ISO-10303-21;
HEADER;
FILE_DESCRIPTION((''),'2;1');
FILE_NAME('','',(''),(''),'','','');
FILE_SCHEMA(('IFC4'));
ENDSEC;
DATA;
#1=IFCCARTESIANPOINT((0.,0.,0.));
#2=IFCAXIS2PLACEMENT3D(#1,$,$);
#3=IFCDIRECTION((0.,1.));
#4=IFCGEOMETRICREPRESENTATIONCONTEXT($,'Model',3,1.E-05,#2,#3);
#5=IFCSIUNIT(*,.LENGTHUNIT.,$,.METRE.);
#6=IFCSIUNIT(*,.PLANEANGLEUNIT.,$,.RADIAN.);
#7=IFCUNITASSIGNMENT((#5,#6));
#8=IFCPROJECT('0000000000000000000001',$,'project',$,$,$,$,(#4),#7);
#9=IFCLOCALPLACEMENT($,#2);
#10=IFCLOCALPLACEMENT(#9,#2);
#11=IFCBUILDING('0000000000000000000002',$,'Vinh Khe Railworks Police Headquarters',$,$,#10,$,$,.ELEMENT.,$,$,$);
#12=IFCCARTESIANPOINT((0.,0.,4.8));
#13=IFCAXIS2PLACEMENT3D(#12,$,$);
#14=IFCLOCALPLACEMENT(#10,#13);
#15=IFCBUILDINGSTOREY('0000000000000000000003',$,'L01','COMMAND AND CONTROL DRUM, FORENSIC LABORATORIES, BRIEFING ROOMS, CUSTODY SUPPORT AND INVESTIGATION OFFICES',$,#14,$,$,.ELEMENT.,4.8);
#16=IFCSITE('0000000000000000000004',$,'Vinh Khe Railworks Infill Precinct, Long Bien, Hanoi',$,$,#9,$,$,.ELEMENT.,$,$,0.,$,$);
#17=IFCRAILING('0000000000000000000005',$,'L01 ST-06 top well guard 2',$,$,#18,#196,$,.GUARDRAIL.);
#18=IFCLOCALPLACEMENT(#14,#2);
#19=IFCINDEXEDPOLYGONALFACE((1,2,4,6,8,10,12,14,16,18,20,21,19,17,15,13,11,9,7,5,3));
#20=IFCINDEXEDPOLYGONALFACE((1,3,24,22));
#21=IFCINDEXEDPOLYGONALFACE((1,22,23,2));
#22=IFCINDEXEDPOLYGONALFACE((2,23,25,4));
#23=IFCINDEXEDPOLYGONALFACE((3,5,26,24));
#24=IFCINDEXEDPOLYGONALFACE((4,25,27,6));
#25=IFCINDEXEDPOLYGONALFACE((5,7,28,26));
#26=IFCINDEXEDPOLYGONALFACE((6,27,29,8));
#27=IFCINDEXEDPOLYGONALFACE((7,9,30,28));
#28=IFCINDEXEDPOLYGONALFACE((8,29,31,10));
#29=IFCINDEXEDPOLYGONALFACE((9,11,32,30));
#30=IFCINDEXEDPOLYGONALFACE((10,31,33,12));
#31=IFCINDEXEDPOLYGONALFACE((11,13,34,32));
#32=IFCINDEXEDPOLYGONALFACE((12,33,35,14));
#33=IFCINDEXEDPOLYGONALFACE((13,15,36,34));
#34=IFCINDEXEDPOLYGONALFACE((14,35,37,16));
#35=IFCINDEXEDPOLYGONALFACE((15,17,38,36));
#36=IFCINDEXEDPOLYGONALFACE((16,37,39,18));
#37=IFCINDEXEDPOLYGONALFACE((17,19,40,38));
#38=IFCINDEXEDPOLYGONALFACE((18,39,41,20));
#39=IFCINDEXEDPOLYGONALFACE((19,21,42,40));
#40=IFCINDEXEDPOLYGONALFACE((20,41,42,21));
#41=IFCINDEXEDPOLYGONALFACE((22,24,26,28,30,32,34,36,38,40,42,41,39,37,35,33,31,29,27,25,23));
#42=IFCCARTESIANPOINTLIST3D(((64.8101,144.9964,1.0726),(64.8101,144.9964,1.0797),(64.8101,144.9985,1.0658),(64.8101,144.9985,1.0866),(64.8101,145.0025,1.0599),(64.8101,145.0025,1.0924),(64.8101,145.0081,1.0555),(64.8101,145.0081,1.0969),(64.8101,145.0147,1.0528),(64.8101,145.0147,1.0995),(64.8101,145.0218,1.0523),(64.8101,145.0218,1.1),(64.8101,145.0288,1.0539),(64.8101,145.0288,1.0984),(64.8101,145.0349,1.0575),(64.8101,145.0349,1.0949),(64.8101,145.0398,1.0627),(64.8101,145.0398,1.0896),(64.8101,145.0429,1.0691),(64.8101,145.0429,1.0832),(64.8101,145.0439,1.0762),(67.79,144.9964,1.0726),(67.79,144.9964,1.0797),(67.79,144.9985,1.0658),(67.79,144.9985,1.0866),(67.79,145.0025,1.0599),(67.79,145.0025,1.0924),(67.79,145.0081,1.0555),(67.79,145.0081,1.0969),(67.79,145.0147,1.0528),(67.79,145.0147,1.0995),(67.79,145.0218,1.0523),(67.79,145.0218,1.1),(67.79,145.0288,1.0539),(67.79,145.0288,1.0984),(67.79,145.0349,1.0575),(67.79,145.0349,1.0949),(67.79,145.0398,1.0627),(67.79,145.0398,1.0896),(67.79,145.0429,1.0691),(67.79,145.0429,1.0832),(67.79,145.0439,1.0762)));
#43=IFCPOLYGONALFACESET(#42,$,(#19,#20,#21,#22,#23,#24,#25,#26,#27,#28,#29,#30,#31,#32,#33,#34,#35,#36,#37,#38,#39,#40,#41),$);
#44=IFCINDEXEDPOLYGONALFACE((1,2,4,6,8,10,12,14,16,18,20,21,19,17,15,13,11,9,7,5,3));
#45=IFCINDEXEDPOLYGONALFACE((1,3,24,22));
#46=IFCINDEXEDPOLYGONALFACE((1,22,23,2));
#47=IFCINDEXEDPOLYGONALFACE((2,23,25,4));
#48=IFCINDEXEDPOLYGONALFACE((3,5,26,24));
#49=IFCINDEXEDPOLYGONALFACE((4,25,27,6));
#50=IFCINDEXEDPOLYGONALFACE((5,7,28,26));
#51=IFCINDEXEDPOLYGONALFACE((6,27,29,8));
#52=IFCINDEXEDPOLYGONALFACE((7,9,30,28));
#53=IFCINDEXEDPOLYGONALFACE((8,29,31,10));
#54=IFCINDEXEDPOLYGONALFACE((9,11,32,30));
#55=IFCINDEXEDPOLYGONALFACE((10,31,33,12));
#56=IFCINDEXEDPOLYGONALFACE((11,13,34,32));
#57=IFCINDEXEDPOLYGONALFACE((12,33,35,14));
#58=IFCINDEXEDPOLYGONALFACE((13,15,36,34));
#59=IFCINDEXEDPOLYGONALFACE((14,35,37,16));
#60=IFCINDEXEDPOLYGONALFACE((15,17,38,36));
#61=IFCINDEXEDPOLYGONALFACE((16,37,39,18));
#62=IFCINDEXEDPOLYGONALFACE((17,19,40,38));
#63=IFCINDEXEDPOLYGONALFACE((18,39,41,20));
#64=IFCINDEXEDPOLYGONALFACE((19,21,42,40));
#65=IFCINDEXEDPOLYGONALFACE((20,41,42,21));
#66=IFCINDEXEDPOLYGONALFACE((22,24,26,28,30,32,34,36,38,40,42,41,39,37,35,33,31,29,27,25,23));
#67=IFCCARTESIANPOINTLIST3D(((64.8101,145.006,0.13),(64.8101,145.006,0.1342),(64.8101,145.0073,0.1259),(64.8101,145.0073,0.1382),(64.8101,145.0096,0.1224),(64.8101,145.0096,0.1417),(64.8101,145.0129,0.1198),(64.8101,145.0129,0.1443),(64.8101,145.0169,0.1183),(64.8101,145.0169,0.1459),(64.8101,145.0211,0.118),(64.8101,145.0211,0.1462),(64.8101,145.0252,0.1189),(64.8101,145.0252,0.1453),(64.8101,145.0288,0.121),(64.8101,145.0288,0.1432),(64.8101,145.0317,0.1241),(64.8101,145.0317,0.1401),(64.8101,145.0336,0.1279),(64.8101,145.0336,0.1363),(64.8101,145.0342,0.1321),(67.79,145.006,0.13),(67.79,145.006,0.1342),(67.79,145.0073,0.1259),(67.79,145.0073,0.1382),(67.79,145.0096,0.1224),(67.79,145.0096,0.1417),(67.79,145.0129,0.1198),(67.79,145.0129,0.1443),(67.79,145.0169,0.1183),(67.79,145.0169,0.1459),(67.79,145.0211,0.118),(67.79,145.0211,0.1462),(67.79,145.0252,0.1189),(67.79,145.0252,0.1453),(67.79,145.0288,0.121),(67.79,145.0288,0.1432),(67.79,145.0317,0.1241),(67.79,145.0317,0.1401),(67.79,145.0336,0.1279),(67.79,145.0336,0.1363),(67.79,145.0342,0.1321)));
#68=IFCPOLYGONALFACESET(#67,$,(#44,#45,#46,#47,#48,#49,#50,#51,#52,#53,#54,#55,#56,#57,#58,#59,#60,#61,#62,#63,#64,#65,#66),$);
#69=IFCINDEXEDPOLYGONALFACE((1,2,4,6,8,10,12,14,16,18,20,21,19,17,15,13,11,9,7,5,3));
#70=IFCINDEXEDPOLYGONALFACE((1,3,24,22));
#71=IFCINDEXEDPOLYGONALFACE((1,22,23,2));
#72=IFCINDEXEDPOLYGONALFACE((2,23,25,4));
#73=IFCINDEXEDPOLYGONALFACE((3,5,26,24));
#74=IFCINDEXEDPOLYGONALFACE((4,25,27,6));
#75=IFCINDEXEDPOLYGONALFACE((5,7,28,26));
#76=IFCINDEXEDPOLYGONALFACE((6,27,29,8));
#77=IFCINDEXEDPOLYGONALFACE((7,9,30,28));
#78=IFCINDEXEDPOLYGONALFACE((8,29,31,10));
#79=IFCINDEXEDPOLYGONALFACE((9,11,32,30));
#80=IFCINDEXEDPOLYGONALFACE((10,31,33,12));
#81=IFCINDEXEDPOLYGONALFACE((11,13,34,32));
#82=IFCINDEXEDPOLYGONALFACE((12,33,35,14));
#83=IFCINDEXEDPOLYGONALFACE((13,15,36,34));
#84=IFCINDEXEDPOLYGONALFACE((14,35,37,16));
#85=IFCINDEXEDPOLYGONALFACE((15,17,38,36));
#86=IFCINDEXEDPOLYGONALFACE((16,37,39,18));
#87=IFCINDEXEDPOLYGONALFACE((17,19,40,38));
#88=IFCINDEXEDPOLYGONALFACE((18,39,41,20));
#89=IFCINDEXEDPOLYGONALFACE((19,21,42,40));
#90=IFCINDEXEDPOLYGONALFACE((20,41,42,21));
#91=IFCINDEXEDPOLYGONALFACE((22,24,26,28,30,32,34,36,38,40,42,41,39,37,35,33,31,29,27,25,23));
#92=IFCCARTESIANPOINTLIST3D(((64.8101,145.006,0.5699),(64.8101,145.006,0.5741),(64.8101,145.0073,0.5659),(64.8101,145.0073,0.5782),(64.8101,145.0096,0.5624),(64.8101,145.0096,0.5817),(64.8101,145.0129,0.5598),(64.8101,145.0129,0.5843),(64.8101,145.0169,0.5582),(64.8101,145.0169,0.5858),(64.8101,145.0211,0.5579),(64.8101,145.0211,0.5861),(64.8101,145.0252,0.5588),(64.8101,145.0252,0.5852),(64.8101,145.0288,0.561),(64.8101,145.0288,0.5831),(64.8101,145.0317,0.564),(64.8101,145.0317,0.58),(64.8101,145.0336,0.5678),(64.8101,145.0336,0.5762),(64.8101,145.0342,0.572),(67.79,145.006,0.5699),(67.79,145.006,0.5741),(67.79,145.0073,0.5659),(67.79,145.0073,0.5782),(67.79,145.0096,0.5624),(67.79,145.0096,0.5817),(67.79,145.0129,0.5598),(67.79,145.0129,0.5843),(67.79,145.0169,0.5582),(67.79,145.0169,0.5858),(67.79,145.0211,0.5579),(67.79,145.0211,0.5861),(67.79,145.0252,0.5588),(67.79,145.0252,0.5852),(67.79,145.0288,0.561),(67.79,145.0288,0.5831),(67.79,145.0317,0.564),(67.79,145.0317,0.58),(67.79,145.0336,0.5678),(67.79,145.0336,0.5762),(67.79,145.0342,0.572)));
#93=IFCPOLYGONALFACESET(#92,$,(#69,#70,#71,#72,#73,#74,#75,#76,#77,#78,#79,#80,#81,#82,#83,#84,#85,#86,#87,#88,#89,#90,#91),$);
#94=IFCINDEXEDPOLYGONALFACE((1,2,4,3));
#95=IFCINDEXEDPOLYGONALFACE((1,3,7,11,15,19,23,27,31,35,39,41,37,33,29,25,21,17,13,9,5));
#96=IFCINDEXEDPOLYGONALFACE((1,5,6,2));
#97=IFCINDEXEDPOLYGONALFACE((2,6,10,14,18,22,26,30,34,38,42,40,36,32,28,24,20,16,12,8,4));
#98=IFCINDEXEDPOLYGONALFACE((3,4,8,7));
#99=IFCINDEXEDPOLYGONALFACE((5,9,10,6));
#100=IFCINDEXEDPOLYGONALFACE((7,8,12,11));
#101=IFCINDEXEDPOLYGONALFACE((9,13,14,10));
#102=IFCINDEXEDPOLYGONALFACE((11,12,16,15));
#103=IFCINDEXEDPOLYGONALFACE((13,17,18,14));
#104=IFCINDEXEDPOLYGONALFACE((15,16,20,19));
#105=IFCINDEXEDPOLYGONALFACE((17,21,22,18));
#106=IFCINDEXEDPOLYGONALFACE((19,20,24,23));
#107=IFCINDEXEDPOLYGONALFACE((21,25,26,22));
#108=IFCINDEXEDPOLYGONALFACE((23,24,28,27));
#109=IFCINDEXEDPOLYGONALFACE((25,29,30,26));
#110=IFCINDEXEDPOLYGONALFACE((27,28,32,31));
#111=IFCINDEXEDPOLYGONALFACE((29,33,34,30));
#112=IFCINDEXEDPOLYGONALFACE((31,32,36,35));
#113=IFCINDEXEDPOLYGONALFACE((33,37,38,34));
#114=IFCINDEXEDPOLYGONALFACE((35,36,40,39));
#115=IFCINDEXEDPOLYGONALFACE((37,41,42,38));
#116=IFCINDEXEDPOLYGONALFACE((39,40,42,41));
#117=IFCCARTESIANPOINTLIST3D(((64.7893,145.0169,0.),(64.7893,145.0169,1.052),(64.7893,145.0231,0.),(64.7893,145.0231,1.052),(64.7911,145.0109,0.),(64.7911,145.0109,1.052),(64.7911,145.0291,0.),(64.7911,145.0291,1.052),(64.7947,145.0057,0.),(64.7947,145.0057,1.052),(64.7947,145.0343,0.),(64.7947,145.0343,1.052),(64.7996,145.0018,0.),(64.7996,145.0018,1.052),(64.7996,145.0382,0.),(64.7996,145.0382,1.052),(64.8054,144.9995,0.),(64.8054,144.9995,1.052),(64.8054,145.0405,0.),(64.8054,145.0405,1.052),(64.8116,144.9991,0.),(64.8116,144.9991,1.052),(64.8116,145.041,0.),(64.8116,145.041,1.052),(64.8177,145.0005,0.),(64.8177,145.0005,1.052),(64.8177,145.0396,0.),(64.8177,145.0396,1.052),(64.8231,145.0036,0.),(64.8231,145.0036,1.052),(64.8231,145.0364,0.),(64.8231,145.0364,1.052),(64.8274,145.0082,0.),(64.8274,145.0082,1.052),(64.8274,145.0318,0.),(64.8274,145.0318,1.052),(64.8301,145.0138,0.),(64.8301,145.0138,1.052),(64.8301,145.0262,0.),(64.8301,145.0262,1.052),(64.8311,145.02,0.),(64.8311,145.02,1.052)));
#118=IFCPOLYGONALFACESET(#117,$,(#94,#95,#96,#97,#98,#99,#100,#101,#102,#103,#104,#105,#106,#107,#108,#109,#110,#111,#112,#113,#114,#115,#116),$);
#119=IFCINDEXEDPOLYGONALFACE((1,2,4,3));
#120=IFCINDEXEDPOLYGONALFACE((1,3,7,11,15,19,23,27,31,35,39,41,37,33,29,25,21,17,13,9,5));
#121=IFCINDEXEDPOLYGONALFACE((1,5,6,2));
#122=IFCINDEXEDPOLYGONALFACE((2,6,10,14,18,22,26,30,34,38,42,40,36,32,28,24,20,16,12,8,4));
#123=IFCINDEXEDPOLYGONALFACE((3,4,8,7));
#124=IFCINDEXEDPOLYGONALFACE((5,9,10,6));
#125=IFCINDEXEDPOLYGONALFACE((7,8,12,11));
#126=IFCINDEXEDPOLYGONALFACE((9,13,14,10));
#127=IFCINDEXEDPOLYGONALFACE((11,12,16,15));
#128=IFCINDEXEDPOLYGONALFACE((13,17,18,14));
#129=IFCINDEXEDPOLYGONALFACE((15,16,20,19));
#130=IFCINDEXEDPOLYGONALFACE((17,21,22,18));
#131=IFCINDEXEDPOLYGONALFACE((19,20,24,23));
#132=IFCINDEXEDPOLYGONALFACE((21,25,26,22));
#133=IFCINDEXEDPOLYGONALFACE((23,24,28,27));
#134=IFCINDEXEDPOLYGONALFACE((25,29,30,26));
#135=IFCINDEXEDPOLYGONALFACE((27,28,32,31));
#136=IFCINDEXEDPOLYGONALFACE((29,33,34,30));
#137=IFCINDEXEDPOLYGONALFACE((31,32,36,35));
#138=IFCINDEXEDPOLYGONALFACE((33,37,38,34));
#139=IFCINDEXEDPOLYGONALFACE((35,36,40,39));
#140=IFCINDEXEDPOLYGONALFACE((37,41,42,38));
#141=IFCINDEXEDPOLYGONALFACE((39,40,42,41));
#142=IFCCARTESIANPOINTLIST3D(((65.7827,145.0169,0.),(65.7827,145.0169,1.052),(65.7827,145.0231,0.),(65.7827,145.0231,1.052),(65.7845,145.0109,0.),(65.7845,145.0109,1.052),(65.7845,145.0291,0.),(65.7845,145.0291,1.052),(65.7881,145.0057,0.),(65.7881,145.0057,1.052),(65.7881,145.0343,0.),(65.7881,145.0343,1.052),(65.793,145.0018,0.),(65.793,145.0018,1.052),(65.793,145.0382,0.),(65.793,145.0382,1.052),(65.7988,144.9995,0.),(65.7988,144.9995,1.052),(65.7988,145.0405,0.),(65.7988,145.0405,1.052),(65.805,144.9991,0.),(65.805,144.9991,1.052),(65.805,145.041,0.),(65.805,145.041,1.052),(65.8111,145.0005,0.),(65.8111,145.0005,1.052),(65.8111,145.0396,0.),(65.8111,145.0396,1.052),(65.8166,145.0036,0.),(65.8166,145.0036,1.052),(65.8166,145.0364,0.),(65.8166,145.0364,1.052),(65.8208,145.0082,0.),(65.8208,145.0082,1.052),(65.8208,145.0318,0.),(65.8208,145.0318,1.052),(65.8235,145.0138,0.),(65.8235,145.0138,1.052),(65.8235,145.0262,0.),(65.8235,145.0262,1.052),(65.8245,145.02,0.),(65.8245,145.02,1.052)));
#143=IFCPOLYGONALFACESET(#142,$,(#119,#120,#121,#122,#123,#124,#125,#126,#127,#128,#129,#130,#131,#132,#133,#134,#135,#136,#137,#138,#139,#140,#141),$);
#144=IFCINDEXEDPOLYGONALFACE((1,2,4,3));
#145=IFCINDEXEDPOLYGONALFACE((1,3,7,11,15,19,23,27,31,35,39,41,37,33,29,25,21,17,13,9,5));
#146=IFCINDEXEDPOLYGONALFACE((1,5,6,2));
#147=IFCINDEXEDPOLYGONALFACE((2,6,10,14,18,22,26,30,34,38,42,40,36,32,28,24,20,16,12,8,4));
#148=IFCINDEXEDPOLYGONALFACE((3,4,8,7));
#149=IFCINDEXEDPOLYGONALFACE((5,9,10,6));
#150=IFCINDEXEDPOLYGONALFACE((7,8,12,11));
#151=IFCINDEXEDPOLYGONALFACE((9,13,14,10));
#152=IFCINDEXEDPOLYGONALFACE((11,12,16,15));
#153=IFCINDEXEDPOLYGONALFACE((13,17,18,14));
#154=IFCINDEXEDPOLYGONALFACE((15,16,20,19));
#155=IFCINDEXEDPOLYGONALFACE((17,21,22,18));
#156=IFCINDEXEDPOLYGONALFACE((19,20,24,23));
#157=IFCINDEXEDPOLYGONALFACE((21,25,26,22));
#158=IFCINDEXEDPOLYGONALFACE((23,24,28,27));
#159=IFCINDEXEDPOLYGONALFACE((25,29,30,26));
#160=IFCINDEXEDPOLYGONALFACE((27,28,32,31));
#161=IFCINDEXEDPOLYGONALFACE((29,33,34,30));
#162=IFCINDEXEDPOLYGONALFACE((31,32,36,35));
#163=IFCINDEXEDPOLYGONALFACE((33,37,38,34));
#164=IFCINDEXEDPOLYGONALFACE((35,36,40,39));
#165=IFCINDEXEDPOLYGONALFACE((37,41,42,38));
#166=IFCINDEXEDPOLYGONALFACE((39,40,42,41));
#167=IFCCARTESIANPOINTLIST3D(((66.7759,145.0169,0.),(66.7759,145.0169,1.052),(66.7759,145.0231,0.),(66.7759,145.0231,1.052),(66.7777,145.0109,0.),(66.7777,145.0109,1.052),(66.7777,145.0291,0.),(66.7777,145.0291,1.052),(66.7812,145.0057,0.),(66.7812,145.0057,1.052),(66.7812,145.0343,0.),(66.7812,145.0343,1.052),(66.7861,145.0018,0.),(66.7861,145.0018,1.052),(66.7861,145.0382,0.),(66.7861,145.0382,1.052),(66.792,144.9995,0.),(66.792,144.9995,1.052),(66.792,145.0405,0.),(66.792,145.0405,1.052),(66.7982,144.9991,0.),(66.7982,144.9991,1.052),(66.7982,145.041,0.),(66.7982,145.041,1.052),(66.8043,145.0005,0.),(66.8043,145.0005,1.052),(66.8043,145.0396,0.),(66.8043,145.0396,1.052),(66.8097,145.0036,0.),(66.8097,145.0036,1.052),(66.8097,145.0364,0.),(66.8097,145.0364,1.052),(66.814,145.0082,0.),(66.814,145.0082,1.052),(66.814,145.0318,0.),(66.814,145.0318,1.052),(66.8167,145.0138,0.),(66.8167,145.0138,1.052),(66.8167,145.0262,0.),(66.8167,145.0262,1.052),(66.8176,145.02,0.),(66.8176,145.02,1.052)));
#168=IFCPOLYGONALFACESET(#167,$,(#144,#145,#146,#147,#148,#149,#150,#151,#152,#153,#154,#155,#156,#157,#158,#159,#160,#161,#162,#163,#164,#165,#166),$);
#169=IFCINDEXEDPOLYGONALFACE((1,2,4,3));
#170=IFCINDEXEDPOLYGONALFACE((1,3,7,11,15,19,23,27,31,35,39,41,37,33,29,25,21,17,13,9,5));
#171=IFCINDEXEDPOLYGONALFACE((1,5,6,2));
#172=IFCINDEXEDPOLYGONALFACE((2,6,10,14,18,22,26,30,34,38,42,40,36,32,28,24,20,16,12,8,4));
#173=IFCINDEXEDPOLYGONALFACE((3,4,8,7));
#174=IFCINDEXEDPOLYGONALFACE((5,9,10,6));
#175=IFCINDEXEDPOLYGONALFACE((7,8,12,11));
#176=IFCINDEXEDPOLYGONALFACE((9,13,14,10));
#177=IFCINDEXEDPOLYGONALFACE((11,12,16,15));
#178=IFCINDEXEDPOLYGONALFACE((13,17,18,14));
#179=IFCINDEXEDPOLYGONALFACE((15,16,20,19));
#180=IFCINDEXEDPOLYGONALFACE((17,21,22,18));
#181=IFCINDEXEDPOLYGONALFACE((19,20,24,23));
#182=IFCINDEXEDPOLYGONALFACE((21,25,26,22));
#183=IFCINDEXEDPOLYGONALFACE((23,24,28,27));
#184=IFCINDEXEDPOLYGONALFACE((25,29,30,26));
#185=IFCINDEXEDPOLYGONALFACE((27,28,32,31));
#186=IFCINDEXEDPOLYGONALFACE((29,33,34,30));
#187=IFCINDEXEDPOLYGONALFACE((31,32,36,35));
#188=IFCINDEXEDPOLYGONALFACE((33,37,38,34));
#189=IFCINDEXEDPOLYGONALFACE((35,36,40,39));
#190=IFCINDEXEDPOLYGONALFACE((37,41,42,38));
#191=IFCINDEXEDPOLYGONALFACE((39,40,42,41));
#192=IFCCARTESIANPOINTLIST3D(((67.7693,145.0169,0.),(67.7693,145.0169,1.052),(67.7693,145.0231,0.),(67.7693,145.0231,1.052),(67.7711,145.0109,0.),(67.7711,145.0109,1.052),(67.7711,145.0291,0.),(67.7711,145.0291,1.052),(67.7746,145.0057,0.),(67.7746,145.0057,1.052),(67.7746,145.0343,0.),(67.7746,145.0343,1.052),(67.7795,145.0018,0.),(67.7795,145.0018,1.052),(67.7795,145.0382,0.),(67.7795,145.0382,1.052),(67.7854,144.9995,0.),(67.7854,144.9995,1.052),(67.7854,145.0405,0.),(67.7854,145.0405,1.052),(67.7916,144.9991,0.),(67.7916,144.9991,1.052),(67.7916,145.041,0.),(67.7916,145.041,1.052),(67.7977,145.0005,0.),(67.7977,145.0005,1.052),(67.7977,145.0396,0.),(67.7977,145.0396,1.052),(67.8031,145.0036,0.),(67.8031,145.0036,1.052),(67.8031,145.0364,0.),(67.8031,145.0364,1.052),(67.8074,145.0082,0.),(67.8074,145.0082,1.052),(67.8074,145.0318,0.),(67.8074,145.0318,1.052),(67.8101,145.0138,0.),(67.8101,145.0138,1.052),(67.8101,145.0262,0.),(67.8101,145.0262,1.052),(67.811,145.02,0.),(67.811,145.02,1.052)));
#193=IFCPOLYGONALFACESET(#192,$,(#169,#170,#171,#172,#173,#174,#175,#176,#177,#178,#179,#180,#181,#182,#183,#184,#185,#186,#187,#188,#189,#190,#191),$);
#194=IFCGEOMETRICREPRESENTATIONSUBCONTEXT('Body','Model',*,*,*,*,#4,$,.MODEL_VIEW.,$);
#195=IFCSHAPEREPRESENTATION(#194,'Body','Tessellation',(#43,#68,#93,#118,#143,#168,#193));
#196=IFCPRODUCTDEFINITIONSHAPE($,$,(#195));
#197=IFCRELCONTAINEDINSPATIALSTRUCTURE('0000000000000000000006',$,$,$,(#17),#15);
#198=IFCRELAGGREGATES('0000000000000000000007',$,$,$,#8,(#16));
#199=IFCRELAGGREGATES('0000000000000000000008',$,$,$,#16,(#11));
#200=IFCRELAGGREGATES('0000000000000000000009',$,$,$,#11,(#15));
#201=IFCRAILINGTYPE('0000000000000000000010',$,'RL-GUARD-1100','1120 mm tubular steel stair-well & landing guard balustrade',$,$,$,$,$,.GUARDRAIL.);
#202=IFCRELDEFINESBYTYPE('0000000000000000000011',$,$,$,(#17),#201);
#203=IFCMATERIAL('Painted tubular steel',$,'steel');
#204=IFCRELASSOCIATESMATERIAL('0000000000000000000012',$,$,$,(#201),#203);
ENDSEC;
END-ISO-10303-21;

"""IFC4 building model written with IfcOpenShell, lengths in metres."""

from ifc_helpers import new_model, si_unit, direction, frame, origin, origin_2d, place, context, subcontext, project, spatial, circle, extrude, material, type_object, element, save


model = new_model("IFC4")

# Units and contexts
model_context = context("Model", 3, precision=1e-05, world=origin(), true_north=direction((0.0, 1.0)))
body_context = subcontext(model_context, "Body", "Model", "MODEL_VIEW")
ifc_project = project(units=[si_unit("LENGTHUNIT", "METRE"), si_unit("PLANEANGLEUNIT", "RADIAN")], contexts=[model_context])

# Site, building, storey
site_placement = place(None, origin())
site = spatial("IfcSite", under=ifc_project, at=site_placement, Name="Vinh Khe Railworks Infill Precinct, Long Bien, Hanoi", CompositionType="ELEMENT", RefElevation=0.0)
building_placement = place(site_placement, origin())
building = spatial("IfcBuilding", under=site, at=building_placement, Name="Vinh Khe Railworks Police Headquarters", CompositionType="ELEMENT")
storey_placement = place(building_placement, frame((0.0, 0.0, 4.8)))
storey = spatial("IfcBuildingStorey", under=building, at=storey_placement, Name="L01", Description="COMMAND AND CONTROL DRUM, FORENSIC LABORATORIES, BRIEFING ROOMS, CUSTODY SUPPORT AND INVESTIGATION OFFICES", CompositionType="ELEMENT", Elevation=4.8)

# Railing
ifc_material_1 = material(Name="Painted tubular steel", Category="steel")
railing_type_1 = type_object("IfcRailingType", Name="RL-GUARD-1100", Description="1120 mm tubular steel stair-well & landing guard balustrade", PredefinedType="GUARDRAIL", material=ifc_material_1)
railing_1_placement = place(storey_placement, frame((64.8101, 145.02, 0.0)))
element("IfcRailing", 1, at=railing_1_placement, inside=storey, type_object=railing_type_1, Name="L01 ST-06 top well guard 2", PredefinedType="GUARDRAIL", context=body_context, shape_type="SweptSolid", body=[
    extrude(circle(Radius=0.0239, at=origin_2d()), frame((0.0, 0.0, 1.0762), z_axis=(1.0, 0.0, 0.0), x_axis=(0.0, 1.0, 0.0)), (0.0, 0.0, 1.0), 2.98),
    extrude(circle(Radius=0.0142, at=origin_2d()), frame((0.0, 0.0, 0.1321), z_axis=(1.0, 0.0, 0.0), x_axis=(0.0, 1.0, 0.0)), (0.0, 0.0, 1.0), 2.98),
    extrude(circle(Radius=0.0142, at=origin_2d()), frame((0.0, 0.0, 0.572), z_axis=(1.0, 0.0, 0.0), x_axis=(0.0, 1.0, 0.0)), (0.0, 0.0, 1.0), 2.98),
    extrude(circle(Radius=0.021, at=origin_2d()), origin(), (0.0, 0.0, 1.0), 1.052),
    extrude(circle(Radius=0.021, at=origin_2d()), frame((0.9934, 0.0, 0.0)), (0.0, 0.0, 1.0), 1.052),
    extrude(circle(Radius=0.021, at=origin_2d()), frame((1.9866, 0.0, 0.0)), (0.0, 0.0, 1.0), 1.052),
    extrude(circle(Radius=0.021, at=origin_2d()), frame((2.98, 0.0, 0.0)), (0.0, 0.0, 1.0), 1.052),
])

save(model, "model.ifc")
